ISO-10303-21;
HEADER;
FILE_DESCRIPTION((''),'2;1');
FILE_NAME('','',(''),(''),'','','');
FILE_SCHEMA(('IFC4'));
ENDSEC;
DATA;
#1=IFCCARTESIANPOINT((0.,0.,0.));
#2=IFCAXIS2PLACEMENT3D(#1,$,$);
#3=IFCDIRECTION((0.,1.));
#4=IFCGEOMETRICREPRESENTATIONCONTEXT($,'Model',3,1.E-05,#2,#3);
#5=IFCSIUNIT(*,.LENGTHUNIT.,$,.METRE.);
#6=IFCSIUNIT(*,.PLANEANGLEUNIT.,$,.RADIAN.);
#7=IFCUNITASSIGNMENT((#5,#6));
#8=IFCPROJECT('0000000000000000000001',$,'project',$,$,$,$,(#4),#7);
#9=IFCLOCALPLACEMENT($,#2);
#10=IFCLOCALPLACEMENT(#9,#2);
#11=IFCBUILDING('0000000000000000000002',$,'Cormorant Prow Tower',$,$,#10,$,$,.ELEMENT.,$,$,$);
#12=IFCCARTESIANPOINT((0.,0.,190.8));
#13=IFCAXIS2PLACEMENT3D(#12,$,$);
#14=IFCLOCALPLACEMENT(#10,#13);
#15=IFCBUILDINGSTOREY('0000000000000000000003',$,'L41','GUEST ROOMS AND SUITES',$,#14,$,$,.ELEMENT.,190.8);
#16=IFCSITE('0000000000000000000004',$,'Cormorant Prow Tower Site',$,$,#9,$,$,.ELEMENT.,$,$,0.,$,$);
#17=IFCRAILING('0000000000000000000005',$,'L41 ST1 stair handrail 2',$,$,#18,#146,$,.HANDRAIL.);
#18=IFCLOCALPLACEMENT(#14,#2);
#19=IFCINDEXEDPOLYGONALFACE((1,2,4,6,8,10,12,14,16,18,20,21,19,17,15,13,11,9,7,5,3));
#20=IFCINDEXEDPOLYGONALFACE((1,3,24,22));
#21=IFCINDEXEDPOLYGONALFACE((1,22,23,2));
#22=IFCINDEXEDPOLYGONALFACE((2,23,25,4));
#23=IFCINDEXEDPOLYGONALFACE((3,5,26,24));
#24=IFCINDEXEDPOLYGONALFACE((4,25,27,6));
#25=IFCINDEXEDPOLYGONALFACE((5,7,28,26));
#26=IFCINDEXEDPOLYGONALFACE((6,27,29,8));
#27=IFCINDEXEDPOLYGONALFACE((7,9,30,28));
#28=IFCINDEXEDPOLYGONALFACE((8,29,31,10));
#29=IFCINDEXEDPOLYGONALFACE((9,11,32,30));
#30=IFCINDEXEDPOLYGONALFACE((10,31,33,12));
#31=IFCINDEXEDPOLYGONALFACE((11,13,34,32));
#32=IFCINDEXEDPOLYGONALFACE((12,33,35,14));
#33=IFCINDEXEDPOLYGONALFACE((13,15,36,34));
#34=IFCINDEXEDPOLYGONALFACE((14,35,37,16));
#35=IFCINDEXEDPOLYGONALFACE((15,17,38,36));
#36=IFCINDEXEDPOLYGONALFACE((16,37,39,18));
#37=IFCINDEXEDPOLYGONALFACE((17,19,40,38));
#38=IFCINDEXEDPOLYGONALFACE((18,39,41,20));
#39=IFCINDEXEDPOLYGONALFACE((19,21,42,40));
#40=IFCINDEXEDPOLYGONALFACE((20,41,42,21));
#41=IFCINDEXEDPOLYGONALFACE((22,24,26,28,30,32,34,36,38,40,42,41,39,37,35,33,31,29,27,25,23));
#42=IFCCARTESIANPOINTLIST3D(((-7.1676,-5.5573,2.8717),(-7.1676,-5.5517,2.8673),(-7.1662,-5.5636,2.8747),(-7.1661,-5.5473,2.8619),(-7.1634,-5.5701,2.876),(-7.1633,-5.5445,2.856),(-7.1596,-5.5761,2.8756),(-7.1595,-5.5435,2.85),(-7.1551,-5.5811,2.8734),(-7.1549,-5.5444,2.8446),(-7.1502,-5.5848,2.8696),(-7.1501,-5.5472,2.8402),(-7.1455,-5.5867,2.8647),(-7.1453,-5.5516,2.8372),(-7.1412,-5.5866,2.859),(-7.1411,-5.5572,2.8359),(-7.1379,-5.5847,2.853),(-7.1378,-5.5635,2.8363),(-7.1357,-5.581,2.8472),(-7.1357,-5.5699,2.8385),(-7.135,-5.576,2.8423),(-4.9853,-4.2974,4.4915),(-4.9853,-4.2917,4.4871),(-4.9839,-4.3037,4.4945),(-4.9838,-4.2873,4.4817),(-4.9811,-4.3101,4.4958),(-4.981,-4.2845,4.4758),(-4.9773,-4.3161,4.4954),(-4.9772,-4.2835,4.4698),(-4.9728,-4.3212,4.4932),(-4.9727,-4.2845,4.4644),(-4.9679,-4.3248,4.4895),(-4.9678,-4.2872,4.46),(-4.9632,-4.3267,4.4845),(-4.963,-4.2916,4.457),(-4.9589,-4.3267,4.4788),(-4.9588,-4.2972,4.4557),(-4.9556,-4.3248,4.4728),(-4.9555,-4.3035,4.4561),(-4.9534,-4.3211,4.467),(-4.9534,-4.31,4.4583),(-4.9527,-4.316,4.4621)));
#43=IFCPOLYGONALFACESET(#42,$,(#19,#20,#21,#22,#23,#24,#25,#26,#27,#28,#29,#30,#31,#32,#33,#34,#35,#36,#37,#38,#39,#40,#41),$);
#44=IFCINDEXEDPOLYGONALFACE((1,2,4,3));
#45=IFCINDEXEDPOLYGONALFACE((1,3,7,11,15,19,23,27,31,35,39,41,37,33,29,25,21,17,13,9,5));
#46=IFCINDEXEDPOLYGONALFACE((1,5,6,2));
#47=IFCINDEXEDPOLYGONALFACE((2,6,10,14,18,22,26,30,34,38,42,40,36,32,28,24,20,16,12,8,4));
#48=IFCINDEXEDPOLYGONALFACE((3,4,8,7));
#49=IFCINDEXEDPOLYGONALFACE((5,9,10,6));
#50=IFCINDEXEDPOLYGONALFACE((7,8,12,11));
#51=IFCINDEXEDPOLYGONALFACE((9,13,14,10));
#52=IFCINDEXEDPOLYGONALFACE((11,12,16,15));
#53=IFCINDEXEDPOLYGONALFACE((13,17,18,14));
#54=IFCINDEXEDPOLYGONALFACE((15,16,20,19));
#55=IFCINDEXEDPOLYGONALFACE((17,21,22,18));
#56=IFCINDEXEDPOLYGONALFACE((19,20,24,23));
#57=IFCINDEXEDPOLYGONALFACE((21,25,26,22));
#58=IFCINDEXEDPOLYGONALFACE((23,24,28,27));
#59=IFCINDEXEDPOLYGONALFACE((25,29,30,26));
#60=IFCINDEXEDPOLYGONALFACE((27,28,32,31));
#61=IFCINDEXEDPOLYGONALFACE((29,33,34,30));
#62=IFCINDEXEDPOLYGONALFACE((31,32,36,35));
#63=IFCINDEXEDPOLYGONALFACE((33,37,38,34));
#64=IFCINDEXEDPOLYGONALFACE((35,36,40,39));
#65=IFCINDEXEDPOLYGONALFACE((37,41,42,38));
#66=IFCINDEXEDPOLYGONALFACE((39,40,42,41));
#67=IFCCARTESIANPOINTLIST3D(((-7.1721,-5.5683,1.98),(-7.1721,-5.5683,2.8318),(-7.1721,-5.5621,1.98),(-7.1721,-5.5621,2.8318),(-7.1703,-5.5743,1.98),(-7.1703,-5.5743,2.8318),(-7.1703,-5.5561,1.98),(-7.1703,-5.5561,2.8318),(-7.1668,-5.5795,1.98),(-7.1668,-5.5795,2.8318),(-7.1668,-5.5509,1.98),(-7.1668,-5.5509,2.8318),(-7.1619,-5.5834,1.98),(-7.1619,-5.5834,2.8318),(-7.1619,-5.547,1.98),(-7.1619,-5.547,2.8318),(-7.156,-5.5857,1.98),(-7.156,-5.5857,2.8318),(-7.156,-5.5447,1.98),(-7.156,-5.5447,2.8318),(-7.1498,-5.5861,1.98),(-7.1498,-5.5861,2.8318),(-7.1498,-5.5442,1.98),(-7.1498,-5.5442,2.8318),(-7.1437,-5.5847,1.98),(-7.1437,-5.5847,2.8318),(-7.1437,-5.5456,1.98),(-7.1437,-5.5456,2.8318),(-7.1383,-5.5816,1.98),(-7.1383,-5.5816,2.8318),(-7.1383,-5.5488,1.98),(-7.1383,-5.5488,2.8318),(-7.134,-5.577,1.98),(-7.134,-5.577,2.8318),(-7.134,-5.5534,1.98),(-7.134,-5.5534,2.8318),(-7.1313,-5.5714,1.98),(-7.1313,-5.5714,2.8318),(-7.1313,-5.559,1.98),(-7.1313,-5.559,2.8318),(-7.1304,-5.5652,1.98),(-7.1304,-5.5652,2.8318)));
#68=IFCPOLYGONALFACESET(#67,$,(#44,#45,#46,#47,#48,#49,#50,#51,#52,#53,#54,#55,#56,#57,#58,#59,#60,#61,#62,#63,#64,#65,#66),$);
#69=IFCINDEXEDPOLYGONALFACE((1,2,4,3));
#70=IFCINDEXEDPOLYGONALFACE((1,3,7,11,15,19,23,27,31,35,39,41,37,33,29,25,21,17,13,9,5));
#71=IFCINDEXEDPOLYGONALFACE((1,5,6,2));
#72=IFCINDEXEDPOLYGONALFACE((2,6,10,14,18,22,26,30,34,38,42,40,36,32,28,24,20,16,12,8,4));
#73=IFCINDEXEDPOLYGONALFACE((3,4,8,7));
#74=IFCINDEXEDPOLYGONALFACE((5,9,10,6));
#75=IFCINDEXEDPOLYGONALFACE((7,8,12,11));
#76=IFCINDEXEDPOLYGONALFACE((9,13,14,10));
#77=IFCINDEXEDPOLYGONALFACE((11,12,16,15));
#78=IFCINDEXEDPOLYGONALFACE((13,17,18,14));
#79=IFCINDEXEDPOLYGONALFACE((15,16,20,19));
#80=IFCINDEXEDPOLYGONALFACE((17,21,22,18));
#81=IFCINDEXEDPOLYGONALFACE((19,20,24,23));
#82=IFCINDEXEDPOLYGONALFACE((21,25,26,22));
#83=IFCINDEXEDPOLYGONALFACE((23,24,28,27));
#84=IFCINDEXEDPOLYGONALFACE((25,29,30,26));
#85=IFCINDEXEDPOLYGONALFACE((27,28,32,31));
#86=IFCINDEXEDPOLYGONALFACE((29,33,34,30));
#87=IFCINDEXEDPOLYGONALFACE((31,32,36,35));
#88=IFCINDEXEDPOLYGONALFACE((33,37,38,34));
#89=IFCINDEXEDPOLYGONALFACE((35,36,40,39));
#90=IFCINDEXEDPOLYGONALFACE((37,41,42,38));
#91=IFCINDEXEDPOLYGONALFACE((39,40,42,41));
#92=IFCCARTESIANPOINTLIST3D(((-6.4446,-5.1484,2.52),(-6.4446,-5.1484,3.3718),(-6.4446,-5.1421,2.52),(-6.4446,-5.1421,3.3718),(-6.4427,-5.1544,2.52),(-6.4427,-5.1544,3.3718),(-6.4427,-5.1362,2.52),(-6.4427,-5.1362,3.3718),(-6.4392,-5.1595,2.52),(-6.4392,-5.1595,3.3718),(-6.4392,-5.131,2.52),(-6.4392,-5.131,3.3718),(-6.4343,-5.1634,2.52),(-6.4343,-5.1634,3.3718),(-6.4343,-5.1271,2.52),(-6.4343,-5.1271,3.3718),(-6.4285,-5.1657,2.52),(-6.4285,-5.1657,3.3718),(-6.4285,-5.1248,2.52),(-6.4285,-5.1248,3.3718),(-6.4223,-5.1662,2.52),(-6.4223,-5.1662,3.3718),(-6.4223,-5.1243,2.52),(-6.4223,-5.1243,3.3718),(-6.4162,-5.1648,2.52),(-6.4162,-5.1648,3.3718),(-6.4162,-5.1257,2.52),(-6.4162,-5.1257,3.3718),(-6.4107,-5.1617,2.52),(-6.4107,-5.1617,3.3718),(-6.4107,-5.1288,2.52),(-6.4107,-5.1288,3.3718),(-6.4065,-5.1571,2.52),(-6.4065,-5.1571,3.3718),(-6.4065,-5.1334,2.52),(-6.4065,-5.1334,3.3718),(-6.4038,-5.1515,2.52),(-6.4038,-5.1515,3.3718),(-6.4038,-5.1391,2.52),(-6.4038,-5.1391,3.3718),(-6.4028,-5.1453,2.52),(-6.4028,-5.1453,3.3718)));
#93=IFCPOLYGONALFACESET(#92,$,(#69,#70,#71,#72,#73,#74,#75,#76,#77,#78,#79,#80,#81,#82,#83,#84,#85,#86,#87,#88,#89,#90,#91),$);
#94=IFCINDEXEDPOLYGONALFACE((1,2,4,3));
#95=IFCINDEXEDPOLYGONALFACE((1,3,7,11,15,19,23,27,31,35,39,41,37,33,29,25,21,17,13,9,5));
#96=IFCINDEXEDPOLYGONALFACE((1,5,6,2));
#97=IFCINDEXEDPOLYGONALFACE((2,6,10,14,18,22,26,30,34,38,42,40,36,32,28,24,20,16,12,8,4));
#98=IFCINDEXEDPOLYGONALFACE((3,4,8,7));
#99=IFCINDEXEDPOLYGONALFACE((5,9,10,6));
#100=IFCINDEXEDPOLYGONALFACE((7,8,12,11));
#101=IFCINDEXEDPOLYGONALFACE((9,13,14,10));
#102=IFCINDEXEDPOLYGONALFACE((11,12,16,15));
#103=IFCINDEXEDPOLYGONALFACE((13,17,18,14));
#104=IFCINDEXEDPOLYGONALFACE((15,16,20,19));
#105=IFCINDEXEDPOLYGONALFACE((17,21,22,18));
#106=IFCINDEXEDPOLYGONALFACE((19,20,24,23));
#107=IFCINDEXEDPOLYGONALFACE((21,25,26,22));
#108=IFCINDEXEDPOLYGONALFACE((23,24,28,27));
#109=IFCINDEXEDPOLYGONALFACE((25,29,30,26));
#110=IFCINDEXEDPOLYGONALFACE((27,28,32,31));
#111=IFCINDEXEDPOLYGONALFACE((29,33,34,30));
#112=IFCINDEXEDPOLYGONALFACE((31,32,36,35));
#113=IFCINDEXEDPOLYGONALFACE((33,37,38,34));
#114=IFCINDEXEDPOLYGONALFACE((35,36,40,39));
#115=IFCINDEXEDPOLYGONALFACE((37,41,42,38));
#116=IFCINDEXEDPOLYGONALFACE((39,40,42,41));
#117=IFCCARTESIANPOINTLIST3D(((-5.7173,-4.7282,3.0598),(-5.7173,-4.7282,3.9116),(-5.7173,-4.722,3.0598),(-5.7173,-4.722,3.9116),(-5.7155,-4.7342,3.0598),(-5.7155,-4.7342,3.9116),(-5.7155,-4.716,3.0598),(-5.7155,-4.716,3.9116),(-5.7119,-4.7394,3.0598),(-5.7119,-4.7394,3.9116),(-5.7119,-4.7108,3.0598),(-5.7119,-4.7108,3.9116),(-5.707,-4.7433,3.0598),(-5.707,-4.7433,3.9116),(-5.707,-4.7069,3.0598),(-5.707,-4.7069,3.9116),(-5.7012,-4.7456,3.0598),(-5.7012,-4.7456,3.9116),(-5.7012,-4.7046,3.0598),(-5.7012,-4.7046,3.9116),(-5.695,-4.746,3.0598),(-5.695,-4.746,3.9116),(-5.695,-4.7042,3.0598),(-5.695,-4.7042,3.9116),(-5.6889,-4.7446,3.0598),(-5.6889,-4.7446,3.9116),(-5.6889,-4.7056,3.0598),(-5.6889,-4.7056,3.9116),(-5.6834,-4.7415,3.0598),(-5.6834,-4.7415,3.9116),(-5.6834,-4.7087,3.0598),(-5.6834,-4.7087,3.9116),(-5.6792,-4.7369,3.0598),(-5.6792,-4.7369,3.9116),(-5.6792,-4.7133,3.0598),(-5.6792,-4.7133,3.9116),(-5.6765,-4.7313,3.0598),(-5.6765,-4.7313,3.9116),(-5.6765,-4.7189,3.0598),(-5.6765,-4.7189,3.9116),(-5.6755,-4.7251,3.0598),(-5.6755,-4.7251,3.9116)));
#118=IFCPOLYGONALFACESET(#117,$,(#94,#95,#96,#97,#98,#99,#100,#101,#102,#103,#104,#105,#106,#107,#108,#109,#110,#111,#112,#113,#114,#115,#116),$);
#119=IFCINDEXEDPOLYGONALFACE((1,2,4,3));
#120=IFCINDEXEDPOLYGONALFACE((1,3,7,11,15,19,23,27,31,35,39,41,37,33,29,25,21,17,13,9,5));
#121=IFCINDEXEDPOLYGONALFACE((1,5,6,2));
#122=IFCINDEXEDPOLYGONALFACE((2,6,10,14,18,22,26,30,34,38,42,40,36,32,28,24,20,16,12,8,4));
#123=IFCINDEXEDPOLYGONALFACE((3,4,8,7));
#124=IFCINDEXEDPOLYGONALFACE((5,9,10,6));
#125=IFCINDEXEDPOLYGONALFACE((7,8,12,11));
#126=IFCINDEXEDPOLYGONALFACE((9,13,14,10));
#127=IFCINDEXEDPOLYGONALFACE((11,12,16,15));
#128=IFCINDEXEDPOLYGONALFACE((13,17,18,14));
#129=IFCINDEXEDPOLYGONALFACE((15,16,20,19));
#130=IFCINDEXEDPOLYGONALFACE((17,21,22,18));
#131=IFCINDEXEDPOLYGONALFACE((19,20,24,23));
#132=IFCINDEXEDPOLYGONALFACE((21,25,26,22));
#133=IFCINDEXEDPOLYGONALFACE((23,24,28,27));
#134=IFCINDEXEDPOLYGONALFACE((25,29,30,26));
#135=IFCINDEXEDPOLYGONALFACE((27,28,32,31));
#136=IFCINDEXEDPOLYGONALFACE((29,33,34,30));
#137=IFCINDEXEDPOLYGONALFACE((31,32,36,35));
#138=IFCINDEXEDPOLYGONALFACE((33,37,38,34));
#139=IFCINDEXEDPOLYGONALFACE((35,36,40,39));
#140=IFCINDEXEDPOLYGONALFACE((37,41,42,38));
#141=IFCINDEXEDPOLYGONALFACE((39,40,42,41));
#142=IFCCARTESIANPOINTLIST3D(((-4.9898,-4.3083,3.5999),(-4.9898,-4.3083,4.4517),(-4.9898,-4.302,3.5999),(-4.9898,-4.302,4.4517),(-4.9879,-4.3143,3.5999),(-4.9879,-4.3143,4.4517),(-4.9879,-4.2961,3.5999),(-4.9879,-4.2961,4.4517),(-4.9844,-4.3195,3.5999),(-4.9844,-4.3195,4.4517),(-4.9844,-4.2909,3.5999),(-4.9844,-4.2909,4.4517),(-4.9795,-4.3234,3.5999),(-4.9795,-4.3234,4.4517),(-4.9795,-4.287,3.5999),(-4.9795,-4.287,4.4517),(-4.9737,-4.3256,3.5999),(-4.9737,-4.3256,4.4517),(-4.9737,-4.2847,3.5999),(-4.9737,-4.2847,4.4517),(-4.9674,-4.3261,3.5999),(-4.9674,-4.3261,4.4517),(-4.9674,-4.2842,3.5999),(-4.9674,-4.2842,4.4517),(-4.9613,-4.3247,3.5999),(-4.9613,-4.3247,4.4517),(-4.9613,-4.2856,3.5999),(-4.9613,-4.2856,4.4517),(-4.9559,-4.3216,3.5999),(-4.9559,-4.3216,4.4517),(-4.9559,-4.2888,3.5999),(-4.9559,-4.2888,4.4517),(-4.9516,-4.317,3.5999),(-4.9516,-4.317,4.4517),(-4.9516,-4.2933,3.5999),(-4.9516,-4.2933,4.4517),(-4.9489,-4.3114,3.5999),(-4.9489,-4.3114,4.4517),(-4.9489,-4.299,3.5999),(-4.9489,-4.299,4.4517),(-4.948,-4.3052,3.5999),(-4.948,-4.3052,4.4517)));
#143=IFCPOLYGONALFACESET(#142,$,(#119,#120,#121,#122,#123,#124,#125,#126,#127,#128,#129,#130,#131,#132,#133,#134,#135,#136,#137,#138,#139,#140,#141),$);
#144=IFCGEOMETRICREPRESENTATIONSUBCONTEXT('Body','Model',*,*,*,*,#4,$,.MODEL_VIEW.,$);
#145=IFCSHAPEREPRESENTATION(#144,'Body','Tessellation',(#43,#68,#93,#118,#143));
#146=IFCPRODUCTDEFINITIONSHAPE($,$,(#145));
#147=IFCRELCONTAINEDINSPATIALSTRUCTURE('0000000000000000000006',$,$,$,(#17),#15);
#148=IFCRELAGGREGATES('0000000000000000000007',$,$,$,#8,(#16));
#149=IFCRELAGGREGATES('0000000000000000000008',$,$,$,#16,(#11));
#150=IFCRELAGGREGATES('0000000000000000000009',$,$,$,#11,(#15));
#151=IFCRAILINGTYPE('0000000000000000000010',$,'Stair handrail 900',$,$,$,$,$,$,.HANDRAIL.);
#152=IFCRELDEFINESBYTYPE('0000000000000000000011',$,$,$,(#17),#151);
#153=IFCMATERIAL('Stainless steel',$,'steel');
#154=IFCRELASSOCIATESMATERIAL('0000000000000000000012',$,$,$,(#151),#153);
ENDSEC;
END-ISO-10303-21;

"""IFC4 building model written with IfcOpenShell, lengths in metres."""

from ifc_helpers import new_model, si_unit, direction, frame, origin, origin_2d, place, context, subcontext, project, spatial, circle, extrude, material, type_object, element, save


model = new_model("IFC4")

# Units and contexts
model_context = context("Model", 3, precision=1e-05, world=origin(), true_north=direction((0.0, 1.0)))
body_context = subcontext(model_context, "Body", "Model", "MODEL_VIEW")
ifc_project = project(units=[si_unit("LENGTHUNIT", "METRE"), si_unit("PLANEANGLEUNIT", "RADIAN")], contexts=[model_context])

# Site, building, storey
site_placement = place(None, origin())
site = spatial("IfcSite", under=ifc_project, at=site_placement, Name="Cormorant Prow Tower Site", CompositionType="ELEMENT", RefElevation=0.0)
building_placement = place(site_placement, origin())
building = spatial("IfcBuilding", under=site, at=building_placement, Name="Cormorant Prow Tower", CompositionType="ELEMENT")
storey_placement = place(building_placement, frame((0.0, 0.0, 190.8)))
storey = spatial("IfcBuildingStorey", under=building, at=storey_placement, Name="L41", Description="GUEST ROOMS AND SUITES", CompositionType="ELEMENT", Elevation=190.8)

# Railing
ifc_material_1 = material(Name="Stainless steel", Category="steel")
railing_type_1 = type_object("IfcRailingType", Name="Stair handrail 900", PredefinedType="HANDRAIL", material=ifc_material_1)
railing_1_placement = place(storey_placement, frame((-7.1514, -5.5652, 1.98)))
element("IfcRailing", 1, at=railing_1_placement, inside=storey, type_object=railing_type_1, Name="L41 ST1 stair handrail 2", PredefinedType="HANDRAIL", context=body_context, shape_type="SweptSolid", body=[
    extrude(circle(Radius=0.0239, at=origin_2d()), frame((0.0, 0.0, 0.876), z_axis=(0.728496, 0.420603, 0.540728), x_axis=(-0.500005, 0.866023, 0.0)), (0.0, 0.0, 1.0), 2.9956),
    extrude(circle(Radius=0.021, at=origin_2d()), origin(), (0.0, 0.0, 1.0), 0.8518),
    extrude(circle(Radius=0.021, at=origin_2d()), frame((0.7275, 0.4199, 0.54)), (0.0, 0.0, 1.0), 0.8518),
    extrude(circle(Radius=0.021, at=origin_2d()), frame((1.4548, 0.8401, 1.0798)), (0.0, 0.0, 1.0), 0.8518),
    extrude(circle(Radius=0.021, at=origin_2d()), frame((2.1824, 1.26, 1.6199)), (0.0, 0.0, 1.0), 0.8518),
])

save(model, "model.ifc")
